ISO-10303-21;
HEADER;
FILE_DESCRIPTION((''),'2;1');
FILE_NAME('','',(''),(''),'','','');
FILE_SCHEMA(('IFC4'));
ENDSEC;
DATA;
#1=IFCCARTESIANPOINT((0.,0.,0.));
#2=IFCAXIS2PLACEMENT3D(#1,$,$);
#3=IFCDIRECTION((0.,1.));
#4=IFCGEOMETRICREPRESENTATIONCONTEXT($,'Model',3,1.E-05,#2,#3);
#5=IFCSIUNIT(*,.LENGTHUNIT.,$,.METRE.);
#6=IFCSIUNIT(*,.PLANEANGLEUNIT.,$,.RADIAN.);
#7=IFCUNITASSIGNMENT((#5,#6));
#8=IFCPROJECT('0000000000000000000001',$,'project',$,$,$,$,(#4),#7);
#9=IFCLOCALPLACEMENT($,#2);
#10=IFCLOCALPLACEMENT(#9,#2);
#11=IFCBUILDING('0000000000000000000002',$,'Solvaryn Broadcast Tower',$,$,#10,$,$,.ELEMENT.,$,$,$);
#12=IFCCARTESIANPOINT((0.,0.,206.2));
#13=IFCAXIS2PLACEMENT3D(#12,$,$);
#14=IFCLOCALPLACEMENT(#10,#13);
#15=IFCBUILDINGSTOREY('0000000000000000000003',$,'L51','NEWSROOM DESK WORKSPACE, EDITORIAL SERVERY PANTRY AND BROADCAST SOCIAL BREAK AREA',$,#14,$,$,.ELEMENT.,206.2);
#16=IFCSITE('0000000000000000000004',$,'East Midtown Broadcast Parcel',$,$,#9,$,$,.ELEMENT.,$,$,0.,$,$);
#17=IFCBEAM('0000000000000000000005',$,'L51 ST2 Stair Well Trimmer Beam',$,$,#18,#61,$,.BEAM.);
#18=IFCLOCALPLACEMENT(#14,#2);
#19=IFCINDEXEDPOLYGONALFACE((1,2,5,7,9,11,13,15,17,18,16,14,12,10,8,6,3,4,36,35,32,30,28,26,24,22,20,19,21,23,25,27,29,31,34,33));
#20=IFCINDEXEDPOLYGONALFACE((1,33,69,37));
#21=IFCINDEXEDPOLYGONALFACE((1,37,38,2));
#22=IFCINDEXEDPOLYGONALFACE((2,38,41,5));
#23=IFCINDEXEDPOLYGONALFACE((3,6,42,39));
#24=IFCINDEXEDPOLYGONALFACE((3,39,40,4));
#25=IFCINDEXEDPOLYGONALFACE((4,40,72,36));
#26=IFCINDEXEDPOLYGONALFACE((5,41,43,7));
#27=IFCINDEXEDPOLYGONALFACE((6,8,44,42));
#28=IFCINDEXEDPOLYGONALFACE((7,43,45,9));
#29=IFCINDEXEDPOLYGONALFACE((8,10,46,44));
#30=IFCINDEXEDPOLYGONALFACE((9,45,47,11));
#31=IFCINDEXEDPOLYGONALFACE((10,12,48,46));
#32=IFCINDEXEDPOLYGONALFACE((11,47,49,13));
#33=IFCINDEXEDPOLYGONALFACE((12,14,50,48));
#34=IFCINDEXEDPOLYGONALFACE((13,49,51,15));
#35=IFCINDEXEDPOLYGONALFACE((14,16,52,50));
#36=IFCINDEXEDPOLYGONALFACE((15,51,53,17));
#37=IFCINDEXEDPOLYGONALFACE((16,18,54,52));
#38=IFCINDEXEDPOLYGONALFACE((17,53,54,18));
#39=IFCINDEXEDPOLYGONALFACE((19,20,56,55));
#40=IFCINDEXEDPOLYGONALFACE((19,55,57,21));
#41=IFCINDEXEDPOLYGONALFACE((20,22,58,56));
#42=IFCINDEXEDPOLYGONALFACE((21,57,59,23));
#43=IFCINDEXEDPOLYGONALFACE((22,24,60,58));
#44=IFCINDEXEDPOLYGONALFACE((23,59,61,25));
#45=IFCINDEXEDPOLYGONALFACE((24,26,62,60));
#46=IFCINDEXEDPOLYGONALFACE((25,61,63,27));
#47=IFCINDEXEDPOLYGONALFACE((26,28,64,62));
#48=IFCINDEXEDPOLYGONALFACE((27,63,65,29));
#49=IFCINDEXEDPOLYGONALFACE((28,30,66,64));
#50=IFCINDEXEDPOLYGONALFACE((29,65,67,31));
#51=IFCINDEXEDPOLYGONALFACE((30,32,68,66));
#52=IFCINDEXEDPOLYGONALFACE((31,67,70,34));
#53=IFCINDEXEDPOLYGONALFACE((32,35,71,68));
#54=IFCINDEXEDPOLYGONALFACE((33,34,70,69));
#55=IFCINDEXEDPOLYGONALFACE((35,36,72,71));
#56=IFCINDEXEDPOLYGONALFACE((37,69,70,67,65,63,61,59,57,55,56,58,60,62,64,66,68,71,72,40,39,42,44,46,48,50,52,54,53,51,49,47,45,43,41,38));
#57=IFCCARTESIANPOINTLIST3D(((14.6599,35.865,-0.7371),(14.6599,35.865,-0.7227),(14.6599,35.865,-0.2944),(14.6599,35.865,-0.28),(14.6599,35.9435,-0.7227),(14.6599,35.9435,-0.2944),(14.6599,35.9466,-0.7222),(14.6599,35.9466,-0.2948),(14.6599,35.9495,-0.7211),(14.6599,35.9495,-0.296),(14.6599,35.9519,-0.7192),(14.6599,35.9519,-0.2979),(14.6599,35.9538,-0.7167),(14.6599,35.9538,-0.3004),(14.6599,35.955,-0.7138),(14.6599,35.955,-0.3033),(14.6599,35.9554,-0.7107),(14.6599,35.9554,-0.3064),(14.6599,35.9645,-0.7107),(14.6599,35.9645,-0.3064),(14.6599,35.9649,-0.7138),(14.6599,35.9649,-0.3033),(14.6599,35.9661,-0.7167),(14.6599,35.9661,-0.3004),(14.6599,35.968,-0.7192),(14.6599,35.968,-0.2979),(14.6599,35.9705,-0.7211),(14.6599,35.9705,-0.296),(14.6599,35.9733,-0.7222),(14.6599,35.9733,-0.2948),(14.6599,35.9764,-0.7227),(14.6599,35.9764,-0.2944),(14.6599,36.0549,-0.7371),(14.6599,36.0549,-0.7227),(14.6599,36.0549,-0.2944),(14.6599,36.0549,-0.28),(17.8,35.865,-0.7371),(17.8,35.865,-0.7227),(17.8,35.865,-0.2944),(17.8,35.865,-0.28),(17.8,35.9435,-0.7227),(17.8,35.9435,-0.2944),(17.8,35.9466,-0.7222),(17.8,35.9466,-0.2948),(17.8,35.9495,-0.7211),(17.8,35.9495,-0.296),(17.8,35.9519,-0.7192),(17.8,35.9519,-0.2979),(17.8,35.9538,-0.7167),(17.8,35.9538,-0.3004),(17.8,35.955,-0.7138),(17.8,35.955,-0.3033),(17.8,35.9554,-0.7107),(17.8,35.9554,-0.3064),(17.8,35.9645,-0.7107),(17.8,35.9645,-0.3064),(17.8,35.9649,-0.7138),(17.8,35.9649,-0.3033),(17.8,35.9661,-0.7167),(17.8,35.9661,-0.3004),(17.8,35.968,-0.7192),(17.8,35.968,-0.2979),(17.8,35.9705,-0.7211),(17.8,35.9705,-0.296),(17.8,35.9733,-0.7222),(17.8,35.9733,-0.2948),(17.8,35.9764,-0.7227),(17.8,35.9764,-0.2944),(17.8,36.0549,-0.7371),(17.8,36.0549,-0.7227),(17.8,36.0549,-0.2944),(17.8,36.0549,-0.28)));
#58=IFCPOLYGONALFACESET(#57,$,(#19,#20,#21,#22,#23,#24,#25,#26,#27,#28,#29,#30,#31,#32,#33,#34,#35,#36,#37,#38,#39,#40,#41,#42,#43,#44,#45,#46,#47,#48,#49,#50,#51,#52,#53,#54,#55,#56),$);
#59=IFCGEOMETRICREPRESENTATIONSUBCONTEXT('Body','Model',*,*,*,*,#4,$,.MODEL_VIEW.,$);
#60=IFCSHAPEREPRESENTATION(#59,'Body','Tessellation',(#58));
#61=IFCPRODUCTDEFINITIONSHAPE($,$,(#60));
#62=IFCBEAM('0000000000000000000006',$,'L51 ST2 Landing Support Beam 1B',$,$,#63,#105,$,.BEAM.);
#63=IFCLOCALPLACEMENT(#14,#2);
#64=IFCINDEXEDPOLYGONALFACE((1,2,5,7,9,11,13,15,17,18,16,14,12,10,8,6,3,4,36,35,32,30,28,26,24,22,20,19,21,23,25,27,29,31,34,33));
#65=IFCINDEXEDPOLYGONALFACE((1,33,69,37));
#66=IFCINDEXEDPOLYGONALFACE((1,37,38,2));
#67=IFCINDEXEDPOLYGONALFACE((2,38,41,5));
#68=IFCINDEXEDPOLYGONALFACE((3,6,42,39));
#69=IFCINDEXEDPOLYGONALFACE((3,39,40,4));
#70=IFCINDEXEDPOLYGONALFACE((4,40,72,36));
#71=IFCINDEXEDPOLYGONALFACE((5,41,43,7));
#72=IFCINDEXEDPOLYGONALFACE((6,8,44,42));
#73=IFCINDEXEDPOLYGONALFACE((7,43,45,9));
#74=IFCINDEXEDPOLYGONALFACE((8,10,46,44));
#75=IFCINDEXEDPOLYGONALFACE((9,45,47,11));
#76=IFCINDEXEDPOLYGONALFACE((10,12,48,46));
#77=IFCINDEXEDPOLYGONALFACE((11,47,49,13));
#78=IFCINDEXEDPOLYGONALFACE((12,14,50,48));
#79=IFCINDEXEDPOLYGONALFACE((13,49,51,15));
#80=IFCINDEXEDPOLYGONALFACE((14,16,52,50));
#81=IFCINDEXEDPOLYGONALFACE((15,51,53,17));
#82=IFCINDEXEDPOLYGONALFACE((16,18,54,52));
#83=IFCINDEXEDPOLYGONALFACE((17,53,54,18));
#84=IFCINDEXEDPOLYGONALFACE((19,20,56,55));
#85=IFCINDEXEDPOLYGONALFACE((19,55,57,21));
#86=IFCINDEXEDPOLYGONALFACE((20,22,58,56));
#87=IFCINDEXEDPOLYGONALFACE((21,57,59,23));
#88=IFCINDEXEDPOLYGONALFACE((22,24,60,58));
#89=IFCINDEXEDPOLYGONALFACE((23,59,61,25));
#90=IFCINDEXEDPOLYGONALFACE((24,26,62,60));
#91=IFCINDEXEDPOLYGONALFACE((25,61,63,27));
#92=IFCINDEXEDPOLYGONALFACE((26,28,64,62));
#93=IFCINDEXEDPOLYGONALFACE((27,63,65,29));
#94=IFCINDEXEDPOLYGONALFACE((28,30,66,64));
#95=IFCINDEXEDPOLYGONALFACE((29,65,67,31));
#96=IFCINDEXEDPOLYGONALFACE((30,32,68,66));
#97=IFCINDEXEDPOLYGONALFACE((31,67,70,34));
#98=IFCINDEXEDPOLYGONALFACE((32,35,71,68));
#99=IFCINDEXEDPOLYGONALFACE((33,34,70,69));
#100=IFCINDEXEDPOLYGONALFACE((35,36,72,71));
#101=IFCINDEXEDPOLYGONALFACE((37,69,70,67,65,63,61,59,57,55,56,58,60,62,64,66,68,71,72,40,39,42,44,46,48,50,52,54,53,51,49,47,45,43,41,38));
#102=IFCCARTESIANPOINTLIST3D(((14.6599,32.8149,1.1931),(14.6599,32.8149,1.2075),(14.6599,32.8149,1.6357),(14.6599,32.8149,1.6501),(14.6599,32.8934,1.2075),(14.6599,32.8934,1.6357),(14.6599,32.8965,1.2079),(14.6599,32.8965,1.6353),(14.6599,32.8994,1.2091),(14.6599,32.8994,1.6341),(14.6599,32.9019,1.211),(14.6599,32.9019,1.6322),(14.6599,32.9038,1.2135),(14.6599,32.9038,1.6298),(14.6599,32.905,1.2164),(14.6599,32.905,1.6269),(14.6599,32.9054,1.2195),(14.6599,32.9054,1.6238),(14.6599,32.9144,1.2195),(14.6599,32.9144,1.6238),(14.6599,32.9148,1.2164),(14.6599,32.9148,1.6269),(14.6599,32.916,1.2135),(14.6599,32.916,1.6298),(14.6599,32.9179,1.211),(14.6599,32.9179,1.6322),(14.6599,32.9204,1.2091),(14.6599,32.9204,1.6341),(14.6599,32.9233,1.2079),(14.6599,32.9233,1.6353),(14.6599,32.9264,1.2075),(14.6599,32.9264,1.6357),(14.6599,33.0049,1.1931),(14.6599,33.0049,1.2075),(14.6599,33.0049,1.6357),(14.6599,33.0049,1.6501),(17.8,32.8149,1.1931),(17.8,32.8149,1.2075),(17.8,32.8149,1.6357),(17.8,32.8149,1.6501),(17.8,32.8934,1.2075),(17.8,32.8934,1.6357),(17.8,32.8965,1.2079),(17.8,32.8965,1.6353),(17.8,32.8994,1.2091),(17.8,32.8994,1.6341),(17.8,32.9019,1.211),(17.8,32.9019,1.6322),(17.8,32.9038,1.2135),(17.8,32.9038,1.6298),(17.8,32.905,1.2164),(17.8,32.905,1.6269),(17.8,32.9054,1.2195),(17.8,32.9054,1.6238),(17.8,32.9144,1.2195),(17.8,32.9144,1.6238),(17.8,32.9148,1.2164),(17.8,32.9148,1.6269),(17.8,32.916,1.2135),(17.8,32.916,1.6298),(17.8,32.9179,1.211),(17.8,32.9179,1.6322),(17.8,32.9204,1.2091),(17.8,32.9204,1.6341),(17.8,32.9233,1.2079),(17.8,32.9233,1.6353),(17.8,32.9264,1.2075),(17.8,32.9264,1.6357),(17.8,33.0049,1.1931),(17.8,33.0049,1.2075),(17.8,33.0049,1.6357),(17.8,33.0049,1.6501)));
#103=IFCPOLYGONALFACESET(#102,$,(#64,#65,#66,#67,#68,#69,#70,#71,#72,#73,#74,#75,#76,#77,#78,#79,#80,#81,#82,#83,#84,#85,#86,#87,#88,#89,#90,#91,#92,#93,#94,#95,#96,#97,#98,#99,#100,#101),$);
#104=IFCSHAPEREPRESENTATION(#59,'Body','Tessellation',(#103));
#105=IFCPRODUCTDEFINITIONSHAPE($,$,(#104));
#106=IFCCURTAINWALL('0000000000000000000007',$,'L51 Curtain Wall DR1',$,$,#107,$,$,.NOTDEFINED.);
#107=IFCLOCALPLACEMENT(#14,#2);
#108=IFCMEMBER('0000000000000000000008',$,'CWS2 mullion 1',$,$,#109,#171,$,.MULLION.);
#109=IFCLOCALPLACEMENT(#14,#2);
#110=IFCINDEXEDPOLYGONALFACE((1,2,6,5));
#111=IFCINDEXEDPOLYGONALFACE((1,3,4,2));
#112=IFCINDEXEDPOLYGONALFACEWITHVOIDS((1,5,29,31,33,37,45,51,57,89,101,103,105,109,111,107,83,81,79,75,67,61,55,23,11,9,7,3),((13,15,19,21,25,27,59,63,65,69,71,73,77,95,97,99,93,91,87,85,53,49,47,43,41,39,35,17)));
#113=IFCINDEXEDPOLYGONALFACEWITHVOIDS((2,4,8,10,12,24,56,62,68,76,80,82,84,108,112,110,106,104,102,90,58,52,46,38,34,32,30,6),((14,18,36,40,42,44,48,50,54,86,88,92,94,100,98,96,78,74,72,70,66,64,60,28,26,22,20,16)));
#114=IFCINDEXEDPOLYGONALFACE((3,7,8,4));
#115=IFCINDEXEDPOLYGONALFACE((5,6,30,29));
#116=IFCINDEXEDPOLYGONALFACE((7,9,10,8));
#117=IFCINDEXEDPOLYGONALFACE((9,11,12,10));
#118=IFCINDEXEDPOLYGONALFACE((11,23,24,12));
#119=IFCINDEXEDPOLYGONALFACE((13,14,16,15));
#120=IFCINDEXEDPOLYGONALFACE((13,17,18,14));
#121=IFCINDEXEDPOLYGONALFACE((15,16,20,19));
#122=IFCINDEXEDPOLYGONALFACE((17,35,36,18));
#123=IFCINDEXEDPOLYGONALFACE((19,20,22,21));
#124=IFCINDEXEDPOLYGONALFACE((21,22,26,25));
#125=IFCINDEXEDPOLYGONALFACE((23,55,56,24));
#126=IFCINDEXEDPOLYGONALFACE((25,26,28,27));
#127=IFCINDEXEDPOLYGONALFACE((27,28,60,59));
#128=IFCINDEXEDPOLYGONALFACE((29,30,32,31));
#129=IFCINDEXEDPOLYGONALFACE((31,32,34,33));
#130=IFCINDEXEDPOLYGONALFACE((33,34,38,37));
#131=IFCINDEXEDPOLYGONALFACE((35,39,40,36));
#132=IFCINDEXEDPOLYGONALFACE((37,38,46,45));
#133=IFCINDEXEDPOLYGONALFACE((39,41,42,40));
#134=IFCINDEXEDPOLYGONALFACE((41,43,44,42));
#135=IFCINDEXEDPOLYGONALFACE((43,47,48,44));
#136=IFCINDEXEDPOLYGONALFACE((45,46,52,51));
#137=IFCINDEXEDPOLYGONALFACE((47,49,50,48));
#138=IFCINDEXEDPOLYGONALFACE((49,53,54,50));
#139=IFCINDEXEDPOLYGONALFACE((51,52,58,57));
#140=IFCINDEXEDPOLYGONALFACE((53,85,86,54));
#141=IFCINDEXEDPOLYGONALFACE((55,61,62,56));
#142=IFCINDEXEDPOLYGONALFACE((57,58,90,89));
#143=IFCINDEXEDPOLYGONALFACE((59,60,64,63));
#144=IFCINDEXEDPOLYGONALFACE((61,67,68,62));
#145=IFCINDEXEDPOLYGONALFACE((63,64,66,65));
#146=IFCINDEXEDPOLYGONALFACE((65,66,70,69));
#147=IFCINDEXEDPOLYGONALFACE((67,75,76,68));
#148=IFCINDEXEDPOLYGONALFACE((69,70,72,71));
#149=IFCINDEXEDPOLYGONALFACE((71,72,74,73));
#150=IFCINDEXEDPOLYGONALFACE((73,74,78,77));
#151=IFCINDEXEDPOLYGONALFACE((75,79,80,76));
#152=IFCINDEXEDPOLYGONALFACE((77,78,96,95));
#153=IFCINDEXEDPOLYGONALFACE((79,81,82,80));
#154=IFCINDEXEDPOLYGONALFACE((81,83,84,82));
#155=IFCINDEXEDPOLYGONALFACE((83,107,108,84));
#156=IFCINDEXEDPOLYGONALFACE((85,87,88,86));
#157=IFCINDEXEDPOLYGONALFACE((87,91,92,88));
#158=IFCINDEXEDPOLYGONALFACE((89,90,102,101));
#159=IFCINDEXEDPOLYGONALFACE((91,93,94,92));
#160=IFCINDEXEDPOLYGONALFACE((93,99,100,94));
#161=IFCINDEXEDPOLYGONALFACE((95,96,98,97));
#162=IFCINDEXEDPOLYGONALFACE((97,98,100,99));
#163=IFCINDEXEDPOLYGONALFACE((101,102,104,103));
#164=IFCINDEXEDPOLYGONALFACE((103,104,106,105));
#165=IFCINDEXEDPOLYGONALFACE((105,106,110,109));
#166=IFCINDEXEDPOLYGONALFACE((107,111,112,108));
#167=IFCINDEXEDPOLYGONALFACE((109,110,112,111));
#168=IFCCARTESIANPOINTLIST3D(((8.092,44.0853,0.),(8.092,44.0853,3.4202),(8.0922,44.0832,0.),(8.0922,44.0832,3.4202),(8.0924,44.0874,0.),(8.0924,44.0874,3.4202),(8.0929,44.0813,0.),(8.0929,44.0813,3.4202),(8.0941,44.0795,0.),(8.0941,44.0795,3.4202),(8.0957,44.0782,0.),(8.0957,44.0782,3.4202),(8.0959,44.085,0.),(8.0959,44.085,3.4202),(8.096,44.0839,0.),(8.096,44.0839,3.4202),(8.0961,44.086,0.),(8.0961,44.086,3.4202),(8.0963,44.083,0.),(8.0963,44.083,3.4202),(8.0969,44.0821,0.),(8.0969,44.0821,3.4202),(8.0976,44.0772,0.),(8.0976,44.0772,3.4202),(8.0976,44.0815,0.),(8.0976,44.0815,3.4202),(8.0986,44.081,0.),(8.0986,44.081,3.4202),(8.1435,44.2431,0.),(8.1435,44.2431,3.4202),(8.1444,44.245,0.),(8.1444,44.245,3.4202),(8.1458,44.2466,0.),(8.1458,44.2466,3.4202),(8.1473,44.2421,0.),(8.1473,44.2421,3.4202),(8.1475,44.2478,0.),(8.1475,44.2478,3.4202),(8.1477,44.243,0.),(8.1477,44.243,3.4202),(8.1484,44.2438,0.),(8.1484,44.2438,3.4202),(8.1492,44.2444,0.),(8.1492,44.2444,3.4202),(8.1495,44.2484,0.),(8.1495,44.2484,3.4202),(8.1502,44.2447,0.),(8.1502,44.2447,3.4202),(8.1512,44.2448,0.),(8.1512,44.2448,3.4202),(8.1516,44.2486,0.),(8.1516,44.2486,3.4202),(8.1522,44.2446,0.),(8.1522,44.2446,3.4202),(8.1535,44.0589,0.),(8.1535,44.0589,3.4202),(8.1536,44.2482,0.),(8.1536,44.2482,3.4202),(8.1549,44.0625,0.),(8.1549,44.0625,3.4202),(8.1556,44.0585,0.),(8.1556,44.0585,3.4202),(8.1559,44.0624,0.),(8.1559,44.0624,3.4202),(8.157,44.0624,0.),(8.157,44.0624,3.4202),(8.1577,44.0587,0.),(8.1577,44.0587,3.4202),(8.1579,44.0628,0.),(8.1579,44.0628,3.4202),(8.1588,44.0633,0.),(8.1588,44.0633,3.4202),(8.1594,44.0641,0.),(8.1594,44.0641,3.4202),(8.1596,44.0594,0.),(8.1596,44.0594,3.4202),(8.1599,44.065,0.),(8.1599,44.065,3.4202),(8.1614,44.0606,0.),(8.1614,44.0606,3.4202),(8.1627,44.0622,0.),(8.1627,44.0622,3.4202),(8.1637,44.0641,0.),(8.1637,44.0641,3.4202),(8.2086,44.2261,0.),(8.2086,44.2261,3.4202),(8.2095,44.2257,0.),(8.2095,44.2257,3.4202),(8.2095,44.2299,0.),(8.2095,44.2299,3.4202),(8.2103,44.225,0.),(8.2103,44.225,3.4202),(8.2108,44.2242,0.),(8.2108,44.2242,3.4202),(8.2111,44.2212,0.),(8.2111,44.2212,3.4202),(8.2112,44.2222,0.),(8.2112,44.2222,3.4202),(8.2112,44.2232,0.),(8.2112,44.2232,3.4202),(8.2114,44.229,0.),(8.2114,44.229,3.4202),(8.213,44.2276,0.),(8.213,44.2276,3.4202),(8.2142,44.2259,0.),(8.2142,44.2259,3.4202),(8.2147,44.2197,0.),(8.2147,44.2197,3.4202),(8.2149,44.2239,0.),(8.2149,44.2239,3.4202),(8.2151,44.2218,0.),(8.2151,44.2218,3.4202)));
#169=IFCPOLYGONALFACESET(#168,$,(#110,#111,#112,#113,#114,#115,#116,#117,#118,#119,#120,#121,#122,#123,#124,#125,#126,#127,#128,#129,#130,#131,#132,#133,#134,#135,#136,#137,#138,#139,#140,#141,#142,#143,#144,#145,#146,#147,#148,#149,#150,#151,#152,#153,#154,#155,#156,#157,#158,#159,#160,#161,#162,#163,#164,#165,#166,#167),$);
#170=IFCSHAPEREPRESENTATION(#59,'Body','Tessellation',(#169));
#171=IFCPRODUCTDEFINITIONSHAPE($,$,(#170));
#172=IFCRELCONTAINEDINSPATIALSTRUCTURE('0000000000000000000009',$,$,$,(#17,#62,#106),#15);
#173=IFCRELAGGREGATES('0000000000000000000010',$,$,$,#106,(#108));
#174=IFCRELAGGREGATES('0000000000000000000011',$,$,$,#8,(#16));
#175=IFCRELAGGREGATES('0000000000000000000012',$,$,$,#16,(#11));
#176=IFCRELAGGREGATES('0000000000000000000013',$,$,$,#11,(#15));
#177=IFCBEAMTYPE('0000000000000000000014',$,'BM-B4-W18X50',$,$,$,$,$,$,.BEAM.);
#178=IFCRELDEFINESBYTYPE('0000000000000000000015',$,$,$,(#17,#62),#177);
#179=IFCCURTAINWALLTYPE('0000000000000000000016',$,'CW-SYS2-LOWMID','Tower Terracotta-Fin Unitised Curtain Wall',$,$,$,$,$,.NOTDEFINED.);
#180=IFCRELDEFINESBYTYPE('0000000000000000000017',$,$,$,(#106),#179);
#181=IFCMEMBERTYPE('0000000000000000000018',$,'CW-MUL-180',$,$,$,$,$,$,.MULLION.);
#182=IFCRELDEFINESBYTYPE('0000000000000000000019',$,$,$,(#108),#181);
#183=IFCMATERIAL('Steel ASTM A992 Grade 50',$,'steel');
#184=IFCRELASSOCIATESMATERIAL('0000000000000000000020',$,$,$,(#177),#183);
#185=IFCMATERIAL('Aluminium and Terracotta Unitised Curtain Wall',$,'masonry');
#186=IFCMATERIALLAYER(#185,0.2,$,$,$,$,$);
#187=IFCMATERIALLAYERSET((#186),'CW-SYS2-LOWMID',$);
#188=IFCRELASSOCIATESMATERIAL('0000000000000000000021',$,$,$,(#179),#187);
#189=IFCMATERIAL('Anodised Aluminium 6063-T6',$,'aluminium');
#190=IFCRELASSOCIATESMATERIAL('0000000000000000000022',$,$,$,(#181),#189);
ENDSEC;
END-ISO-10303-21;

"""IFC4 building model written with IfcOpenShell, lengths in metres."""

from ifc_helpers import new_model, si_unit, direction, frame, origin, origin_2d, place, context, subcontext, project, spatial, hollow_rectangle, i_section, extrude, material, layer, layer_set, material_profile, profile_set, type_object, element, aggregate, save


model = new_model("IFC4")

# Units and contexts
model_context = context("Model", 3, precision=1e-05, world=origin(), true_north=direction((0.0, 1.0)))
body_context = subcontext(model_context, "Body", "Model", "MODEL_VIEW")
ifc_project = project(units=[si_unit("LENGTHUNIT", "METRE"), si_unit("PLANEANGLEUNIT", "RADIAN")], contexts=[model_context])

# Site, building, storey
site_placement = place(None, origin())
site = spatial("IfcSite", under=ifc_project, at=site_placement, Name="East Midtown Broadcast Parcel", CompositionType="ELEMENT", RefElevation=0.0)
building_placement = place(site_placement, origin())
building = spatial("IfcBuilding", under=site, at=building_placement, Name="Solvaryn Broadcast Tower", CompositionType="ELEMENT")
storey_placement = place(building_placement, frame((0.0, 0.0, 206.2)))
storey = spatial("IfcBuildingStorey", under=building, at=storey_placement, Name="L51", Description="NEWSROOM DESK WORKSPACE, EDITORIAL SERVERY PANTRY AND BROADCAST SOCIAL BREAK AREA", CompositionType="ELEMENT", Elevation=206.2)

# Beams
ifc_material_1 = material(Name="Steel ASTM A992 Grade 50", Category="steel")
ifc_material_profile_1 = material_profile(ifc_material_1, i_section(OverallWidth=0.1899, OverallDepth=0.457, WebThickness=0.009, FlangeThickness=0.0144, FilletRadius=0.012, at=origin_2d()))
ifc_profile_set_1 = profile_set([ifc_material_profile_1], Name="Steel ASTM A992 Grade 50")
beam_type_1 = type_object("IfcBeamType", Name="BM-B4-W18X50", PredefinedType="BEAM", material=ifc_profile_set_1)
for number, where, z_axis, x_axis, name in (
    (1, (14.6599, 35.96, -0.5085), (1.0, 0.0, 0.0), (0.0, 1.0, 0.0), "L51 ST2 Stair Well Trimmer Beam"),
    (2, (14.6599, 32.9099, 1.4216), (1.0, 0.0, 0.0), (0.0, 1.0, 0.0), "L51 ST2 Landing Support Beam 1B"),
):
    element("IfcBeam", number, at=place(storey_placement, frame(where, z_axis=z_axis, x_axis=x_axis)), inside=storey, type_object=beam_type_1, Name=name, PredefinedType="BEAM", context=body_context, shape_type="SweptSolid", body=[
        extrude(i_section(OverallWidth=0.1899, OverallDepth=0.457, WebThickness=0.009, FlangeThickness=0.0144, FilletRadius=0.012, at=origin_2d()), origin(), (0.0, 0.0, 1.0), 3.1401),
    ])

# Curtain wall, member
ifc_material_2 = material(Name="Aluminium and Terracotta Unitised Curtain Wall", Category="masonry")
ifc_layer_1 = layer(ifc_material_2, 0.2)
ifc_layer_set_1 = layer_set([ifc_layer_1], Name="CW-SYS2-LOWMID")
curtain_wall_type = type_object("IfcCurtainWallType", Name="CW-SYS2-LOWMID", Description="Tower Terracotta-Fin Unitised Curtain Wall", PredefinedType="NOTDEFINED", material=ifc_layer_set_1)
curtain_wall_1_placement = place(storey_placement, origin())
curtain_wall_1 = element("IfcCurtainWall", 3, at=curtain_wall_1_placement, inside=storey, type_object=curtain_wall_type, Name="L51 Curtain Wall DR1", PredefinedType="NOTDEFINED")
ifc_material_3 = material(Name="Anodised Aluminium 6063-T6", Category="aluminium")
ifc_material_profile_2 = material_profile(ifc_material_3, hollow_rectangle(XDim=0.075, YDim=0.1799, WallThickness=0.0039, InnerFilletRadius=0.0039, OuterFilletRadius=0.0081, at=origin_2d()))
ifc_profile_set_2 = profile_set([ifc_material_profile_2], Name="Anodised Aluminium 6063-T6")
member_type_1 = type_object("IfcMemberType", Name="CW-MUL-180", PredefinedType="MULLION", material=ifc_profile_set_2)
member_1_placement = place(storey_placement, frame((8.1536, 44.1536, 0.0), z_axis=(0.0, 0.0, 1.0), x_axis=(0.950227, -0.311559, 0.0)))
member_1 = element("IfcMember", 4, at=member_1_placement, type_object=member_type_1, Name="CWS2 mullion 1", PredefinedType="MULLION", context=body_context, shape_type="SweptSolid", body=[
    extrude(hollow_rectangle(XDim=0.075, YDim=0.1799, WallThickness=0.0039, InnerFilletRadius=0.0039, OuterFilletRadius=0.0081, at=origin_2d()), origin(), (0.0, 0.0, 1.0), 3.4202),
])

aggregate(curtain_wall_1, [member_1])

save(model, "model.ifc")
